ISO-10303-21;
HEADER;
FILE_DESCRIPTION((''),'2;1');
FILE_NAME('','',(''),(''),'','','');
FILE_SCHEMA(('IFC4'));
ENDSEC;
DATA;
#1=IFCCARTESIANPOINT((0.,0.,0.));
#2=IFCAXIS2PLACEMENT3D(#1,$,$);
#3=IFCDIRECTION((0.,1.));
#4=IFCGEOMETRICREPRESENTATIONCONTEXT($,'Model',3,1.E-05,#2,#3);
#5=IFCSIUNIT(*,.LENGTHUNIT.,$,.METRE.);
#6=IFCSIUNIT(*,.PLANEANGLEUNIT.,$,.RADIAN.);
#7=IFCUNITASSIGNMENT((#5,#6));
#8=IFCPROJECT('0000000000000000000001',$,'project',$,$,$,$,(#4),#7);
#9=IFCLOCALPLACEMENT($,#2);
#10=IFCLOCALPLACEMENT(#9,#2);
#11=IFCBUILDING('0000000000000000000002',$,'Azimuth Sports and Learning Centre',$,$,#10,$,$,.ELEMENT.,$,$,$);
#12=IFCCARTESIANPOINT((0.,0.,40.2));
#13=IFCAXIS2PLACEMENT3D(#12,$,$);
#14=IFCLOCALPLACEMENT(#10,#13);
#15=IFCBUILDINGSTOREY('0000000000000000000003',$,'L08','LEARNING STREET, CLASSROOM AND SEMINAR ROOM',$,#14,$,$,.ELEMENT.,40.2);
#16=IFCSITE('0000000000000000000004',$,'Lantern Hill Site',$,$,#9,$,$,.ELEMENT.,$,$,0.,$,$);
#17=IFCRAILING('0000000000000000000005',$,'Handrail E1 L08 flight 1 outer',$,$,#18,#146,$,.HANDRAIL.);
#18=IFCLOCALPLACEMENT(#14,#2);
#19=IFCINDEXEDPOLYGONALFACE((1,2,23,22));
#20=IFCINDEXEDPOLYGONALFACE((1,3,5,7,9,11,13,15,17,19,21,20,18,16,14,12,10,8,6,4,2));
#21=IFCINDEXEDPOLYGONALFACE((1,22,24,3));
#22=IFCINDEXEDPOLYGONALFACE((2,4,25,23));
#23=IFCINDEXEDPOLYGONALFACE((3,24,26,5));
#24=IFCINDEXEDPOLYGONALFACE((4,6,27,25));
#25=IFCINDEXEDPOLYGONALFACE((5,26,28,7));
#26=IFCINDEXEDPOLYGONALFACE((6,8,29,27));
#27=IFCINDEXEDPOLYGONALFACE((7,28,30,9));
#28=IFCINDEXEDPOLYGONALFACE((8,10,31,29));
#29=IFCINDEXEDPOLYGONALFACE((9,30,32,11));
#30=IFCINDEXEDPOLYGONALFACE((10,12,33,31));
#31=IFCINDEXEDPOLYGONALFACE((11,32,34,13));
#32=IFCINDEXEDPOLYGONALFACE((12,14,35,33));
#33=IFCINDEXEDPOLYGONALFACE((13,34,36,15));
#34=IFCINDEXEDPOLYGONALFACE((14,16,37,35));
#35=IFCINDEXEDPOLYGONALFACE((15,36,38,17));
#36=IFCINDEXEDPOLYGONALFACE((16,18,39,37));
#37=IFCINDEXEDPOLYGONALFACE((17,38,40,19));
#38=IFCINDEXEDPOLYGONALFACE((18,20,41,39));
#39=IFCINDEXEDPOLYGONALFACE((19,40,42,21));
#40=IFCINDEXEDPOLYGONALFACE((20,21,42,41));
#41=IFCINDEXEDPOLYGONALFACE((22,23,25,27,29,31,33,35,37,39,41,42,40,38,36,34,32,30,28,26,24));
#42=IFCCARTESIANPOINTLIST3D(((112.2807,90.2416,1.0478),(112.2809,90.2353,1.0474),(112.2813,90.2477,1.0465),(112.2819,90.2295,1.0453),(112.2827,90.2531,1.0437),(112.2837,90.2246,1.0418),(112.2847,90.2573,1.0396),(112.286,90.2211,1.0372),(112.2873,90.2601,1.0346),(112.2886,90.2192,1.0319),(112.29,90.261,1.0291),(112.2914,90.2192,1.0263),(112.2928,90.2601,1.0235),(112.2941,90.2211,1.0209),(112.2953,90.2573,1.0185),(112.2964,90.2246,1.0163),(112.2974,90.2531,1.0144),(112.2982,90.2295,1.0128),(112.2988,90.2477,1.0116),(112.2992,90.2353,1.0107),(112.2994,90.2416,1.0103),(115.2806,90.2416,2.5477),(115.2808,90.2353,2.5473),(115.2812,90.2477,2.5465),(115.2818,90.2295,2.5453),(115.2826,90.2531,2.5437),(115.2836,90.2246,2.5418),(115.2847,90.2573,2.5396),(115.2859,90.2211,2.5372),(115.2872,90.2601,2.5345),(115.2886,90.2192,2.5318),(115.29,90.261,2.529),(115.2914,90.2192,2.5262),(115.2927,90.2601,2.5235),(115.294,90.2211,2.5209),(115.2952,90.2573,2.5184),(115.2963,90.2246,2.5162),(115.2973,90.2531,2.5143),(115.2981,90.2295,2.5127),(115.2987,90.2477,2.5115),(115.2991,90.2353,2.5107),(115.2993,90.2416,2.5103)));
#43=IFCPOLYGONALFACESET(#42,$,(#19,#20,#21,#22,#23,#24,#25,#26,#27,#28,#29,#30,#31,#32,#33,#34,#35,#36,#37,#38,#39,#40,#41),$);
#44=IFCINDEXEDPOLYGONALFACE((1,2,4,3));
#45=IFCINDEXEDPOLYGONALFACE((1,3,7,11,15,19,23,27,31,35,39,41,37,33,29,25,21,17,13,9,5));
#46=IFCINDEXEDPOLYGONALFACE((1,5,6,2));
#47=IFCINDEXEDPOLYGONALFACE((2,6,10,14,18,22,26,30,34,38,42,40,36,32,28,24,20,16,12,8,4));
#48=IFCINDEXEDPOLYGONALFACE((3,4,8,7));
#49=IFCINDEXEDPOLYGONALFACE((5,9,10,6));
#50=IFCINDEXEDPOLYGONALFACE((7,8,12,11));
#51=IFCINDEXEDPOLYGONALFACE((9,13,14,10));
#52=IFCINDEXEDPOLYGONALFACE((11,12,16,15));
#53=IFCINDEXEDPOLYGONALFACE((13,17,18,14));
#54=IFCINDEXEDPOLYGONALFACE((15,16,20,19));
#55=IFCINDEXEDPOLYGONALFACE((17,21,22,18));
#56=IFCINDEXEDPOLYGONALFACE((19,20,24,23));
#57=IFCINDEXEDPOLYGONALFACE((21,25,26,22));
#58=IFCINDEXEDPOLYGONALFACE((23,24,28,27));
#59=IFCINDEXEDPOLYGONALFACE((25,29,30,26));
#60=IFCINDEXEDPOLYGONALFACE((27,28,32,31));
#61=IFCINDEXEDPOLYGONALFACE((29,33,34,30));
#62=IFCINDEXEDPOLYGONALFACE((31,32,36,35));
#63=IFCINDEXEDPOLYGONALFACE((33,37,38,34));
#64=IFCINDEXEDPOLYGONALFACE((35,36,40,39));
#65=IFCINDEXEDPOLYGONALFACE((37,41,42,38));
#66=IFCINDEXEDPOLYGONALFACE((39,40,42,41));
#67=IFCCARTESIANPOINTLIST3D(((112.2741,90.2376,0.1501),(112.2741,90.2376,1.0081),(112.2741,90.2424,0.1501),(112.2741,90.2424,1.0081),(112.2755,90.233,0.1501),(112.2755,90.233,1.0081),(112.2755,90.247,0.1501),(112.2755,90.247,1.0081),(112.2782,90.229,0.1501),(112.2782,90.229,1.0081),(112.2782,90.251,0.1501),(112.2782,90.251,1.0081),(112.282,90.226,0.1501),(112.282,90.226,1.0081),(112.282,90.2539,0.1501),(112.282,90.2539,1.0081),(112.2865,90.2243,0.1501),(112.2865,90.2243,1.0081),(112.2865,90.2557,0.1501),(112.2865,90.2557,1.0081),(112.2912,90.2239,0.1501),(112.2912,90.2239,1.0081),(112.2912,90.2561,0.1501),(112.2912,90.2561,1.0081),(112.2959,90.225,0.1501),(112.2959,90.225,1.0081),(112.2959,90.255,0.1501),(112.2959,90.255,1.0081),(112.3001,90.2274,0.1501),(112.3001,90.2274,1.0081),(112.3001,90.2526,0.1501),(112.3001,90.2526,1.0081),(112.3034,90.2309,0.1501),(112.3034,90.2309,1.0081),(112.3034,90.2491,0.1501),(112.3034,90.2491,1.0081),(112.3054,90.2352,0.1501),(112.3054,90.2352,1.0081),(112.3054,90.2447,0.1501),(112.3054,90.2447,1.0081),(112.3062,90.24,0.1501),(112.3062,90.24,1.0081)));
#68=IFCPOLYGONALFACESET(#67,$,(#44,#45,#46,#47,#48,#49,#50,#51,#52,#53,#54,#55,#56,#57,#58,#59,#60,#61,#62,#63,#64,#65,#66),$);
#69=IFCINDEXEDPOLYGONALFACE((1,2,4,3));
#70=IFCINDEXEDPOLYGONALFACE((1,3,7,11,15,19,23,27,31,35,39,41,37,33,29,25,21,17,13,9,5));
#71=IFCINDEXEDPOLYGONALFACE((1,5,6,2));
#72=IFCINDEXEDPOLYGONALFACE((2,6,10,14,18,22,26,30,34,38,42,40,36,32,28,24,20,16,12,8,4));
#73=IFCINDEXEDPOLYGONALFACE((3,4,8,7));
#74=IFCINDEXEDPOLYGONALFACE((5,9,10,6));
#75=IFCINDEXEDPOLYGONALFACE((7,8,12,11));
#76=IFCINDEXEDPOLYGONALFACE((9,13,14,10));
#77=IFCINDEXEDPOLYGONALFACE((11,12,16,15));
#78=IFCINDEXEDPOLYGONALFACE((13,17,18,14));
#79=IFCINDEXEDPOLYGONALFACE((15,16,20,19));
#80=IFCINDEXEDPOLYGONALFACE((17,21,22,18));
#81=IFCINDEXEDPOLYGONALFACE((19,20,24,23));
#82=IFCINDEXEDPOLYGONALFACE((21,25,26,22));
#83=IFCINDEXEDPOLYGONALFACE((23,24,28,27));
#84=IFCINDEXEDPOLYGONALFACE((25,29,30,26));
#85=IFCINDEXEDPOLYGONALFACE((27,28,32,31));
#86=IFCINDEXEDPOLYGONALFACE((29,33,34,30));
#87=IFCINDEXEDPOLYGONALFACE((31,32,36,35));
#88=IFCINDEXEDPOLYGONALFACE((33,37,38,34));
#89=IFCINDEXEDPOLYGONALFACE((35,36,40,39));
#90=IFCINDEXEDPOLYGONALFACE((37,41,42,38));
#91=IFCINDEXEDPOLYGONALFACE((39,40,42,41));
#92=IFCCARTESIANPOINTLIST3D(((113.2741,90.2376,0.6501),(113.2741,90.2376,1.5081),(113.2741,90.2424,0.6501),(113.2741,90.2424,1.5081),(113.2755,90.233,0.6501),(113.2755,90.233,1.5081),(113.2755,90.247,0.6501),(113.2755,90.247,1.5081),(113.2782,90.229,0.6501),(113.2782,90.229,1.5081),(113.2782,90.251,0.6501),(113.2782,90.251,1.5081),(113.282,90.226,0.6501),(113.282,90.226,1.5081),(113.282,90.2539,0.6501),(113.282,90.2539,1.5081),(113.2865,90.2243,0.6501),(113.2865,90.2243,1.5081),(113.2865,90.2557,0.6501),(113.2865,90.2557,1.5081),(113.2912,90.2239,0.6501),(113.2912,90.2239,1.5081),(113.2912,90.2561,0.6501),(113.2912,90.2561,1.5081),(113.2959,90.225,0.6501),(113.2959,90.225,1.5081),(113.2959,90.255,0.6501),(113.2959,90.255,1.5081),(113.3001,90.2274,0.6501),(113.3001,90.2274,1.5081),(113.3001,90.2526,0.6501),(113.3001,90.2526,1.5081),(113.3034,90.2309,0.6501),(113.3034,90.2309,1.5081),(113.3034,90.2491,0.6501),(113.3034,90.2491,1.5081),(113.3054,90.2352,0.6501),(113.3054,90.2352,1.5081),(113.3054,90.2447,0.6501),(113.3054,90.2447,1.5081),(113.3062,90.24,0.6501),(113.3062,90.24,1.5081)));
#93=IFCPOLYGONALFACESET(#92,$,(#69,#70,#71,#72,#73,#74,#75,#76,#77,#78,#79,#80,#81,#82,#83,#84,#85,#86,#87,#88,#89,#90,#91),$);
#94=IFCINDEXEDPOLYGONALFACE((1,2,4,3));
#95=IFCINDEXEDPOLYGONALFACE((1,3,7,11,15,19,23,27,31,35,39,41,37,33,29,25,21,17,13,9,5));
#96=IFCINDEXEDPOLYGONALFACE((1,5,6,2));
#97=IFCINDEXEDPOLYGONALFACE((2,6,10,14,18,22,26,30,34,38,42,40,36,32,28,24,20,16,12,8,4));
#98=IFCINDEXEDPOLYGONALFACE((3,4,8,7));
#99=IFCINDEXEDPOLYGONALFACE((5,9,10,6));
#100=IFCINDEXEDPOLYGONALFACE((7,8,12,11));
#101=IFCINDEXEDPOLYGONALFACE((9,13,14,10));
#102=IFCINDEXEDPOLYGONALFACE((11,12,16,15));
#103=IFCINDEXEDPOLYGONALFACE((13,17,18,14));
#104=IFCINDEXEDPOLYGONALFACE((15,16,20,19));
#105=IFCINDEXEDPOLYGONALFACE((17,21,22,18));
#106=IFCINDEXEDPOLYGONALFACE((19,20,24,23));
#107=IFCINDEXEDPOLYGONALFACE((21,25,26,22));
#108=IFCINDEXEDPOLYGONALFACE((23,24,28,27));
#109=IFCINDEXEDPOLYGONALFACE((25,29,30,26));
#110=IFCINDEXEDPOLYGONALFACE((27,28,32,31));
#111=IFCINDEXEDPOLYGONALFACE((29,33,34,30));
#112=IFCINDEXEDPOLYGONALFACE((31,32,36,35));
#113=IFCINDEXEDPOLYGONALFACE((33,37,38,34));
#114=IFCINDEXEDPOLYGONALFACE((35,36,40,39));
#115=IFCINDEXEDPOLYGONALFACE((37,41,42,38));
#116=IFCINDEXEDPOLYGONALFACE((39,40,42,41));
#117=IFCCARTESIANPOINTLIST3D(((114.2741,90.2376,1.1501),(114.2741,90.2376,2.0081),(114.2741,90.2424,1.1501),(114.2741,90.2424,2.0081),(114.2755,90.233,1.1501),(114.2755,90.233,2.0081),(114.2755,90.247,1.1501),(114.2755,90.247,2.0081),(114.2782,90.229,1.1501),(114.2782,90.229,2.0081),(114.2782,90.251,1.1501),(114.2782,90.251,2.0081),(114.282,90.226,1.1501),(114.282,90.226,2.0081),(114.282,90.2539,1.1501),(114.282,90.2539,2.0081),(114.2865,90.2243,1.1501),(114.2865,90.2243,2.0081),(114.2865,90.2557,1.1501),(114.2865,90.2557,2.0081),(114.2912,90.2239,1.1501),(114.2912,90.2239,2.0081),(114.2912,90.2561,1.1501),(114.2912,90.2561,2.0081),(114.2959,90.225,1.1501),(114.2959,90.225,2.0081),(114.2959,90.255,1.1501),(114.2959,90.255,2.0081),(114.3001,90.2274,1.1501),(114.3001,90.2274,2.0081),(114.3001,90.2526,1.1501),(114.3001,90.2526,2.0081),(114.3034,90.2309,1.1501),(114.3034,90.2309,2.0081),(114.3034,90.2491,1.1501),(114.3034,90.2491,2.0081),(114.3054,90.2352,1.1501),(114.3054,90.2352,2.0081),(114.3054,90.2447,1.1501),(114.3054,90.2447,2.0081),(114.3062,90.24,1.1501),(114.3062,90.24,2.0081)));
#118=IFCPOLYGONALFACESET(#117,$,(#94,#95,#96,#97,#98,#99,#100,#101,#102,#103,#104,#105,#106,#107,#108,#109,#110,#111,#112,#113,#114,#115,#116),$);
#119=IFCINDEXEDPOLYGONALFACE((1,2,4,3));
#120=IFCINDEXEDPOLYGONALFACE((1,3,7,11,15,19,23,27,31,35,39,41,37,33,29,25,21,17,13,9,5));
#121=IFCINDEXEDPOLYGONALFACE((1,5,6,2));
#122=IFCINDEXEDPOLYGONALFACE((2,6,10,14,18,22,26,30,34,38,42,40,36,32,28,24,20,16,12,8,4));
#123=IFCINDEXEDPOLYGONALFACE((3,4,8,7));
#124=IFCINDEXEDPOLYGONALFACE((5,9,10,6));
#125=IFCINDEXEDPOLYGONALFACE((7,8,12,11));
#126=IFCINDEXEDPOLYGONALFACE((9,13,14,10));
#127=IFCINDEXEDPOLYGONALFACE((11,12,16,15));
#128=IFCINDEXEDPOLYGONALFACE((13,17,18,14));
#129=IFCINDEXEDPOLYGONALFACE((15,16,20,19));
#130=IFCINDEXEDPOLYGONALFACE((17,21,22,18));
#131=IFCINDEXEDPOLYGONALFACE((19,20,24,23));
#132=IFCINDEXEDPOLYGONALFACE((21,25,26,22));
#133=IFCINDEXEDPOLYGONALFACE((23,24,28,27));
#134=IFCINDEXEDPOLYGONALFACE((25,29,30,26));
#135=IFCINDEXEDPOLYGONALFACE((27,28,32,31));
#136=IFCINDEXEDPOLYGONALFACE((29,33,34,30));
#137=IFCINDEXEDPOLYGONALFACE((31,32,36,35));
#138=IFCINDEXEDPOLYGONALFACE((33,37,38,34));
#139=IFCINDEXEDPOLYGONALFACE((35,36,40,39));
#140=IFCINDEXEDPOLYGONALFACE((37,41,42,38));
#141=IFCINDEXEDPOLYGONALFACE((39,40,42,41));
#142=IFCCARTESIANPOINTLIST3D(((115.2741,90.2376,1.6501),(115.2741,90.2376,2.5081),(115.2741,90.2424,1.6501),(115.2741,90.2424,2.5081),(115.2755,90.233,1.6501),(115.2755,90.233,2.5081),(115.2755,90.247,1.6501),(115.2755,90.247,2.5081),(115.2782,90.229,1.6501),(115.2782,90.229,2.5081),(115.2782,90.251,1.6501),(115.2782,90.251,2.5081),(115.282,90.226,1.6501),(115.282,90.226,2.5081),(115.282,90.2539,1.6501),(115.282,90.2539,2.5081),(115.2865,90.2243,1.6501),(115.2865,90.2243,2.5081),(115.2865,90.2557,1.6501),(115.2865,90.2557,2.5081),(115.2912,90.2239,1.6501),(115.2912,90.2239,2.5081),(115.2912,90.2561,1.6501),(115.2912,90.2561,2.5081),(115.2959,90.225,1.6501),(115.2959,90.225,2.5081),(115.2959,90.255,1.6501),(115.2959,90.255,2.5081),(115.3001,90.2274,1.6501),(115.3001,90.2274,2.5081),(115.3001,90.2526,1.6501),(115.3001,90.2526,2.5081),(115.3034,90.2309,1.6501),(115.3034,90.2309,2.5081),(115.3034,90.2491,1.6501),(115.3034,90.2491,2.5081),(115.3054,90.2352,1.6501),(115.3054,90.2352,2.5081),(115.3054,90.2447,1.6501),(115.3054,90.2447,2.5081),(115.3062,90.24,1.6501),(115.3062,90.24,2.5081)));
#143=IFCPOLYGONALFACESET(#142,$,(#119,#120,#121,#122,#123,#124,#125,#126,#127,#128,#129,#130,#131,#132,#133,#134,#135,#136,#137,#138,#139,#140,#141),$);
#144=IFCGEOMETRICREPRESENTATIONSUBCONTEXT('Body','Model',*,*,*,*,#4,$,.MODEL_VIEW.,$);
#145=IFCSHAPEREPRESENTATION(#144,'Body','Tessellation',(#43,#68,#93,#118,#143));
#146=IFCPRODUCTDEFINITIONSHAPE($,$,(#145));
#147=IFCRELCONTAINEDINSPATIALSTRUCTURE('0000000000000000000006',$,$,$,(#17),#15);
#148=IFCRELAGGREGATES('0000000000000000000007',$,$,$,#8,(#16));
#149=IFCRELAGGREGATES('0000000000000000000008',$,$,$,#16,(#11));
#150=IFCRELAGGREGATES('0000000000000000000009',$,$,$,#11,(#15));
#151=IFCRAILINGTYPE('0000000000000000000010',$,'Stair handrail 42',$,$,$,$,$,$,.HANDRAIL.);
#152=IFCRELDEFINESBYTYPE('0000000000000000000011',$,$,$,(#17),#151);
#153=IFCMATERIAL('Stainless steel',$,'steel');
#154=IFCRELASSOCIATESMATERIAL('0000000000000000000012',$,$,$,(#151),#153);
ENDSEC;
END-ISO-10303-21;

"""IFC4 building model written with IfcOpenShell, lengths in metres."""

from ifc_helpers import new_model, si_unit, direction, frame, origin, origin_2d, place, context, subcontext, project, spatial, circle, extrude, material, type_object, element, save


model = new_model("IFC4")

# Units and contexts
model_context = context("Model", 3, precision=1e-05, world=origin(), true_north=direction((0.0, 1.0)))
body_context = subcontext(model_context, "Body", "Model", "MODEL_VIEW")
ifc_project = project(units=[si_unit("LENGTHUNIT", "METRE"), si_unit("PLANEANGLEUNIT", "RADIAN")], contexts=[model_context])

# Site, building, storey
site_placement = place(None, origin())
site = spatial("IfcSite", under=ifc_project, at=site_placement, Name="Lantern Hill Site", CompositionType="ELEMENT", RefElevation=0.0)
building_placement = place(site_placement, origin())
building = spatial("IfcBuilding", under=site, at=building_placement, Name="Azimuth Sports and Learning Centre", CompositionType="ELEMENT")
storey_placement = place(building_placement, frame((0.0, 0.0, 40.2)))
storey = spatial("IfcBuildingStorey", under=building, at=storey_placement, Name="L08", Description="LEARNING STREET, CLASSROOM AND SEMINAR ROOM", CompositionType="ELEMENT", Elevation=40.2)

# Railing
ifc_material_1 = material(Name="Stainless steel", Category="steel")
railing_type_1 = type_object("IfcRailingType", Name="Stair handrail 42", PredefinedType="HANDRAIL", material=ifc_material_1)
for number, where, name in (
    (1, (112.29, 90.24, 0.1501), "Handrail E1 L08 flight 1 outer"),
):
    element("IfcRailing", number, at=place(storey_placement, frame(where)), inside=storey, type_object=railing_type_1, Name=name, PredefinedType="HANDRAIL", context=body_context, shape_type="SweptSolid", body=[
        extrude(circle(Radius=0.021, at=origin_2d()), frame((0.0, 0.0, 0.8789), z_axis=(0.894427, 0.0, 0.447214), x_axis=(0.0, 1.0, 0.0)), (0.0, 0.0, 1.0), 3.354),
        extrude(circle(Radius=0.0161, at=origin_2d()), origin(), (0.0, 0.0, 1.0), 0.8579),
        extrude(circle(Radius=0.0161, at=origin_2d()), frame((1.0, 0.0, 0.5)), (0.0, 0.0, 1.0), 0.8579),
        extrude(circle(Radius=0.0161, at=origin_2d()), frame((2.0, 0.0, 1.0)), (0.0, 0.0, 1.0), 0.8579),
        extrude(circle(Radius=0.0161, at=origin_2d()), frame((3.0, 0.0, 1.5)), (0.0, 0.0, 1.0), 0.8579),
    ])

save(model, "model.ifc")
